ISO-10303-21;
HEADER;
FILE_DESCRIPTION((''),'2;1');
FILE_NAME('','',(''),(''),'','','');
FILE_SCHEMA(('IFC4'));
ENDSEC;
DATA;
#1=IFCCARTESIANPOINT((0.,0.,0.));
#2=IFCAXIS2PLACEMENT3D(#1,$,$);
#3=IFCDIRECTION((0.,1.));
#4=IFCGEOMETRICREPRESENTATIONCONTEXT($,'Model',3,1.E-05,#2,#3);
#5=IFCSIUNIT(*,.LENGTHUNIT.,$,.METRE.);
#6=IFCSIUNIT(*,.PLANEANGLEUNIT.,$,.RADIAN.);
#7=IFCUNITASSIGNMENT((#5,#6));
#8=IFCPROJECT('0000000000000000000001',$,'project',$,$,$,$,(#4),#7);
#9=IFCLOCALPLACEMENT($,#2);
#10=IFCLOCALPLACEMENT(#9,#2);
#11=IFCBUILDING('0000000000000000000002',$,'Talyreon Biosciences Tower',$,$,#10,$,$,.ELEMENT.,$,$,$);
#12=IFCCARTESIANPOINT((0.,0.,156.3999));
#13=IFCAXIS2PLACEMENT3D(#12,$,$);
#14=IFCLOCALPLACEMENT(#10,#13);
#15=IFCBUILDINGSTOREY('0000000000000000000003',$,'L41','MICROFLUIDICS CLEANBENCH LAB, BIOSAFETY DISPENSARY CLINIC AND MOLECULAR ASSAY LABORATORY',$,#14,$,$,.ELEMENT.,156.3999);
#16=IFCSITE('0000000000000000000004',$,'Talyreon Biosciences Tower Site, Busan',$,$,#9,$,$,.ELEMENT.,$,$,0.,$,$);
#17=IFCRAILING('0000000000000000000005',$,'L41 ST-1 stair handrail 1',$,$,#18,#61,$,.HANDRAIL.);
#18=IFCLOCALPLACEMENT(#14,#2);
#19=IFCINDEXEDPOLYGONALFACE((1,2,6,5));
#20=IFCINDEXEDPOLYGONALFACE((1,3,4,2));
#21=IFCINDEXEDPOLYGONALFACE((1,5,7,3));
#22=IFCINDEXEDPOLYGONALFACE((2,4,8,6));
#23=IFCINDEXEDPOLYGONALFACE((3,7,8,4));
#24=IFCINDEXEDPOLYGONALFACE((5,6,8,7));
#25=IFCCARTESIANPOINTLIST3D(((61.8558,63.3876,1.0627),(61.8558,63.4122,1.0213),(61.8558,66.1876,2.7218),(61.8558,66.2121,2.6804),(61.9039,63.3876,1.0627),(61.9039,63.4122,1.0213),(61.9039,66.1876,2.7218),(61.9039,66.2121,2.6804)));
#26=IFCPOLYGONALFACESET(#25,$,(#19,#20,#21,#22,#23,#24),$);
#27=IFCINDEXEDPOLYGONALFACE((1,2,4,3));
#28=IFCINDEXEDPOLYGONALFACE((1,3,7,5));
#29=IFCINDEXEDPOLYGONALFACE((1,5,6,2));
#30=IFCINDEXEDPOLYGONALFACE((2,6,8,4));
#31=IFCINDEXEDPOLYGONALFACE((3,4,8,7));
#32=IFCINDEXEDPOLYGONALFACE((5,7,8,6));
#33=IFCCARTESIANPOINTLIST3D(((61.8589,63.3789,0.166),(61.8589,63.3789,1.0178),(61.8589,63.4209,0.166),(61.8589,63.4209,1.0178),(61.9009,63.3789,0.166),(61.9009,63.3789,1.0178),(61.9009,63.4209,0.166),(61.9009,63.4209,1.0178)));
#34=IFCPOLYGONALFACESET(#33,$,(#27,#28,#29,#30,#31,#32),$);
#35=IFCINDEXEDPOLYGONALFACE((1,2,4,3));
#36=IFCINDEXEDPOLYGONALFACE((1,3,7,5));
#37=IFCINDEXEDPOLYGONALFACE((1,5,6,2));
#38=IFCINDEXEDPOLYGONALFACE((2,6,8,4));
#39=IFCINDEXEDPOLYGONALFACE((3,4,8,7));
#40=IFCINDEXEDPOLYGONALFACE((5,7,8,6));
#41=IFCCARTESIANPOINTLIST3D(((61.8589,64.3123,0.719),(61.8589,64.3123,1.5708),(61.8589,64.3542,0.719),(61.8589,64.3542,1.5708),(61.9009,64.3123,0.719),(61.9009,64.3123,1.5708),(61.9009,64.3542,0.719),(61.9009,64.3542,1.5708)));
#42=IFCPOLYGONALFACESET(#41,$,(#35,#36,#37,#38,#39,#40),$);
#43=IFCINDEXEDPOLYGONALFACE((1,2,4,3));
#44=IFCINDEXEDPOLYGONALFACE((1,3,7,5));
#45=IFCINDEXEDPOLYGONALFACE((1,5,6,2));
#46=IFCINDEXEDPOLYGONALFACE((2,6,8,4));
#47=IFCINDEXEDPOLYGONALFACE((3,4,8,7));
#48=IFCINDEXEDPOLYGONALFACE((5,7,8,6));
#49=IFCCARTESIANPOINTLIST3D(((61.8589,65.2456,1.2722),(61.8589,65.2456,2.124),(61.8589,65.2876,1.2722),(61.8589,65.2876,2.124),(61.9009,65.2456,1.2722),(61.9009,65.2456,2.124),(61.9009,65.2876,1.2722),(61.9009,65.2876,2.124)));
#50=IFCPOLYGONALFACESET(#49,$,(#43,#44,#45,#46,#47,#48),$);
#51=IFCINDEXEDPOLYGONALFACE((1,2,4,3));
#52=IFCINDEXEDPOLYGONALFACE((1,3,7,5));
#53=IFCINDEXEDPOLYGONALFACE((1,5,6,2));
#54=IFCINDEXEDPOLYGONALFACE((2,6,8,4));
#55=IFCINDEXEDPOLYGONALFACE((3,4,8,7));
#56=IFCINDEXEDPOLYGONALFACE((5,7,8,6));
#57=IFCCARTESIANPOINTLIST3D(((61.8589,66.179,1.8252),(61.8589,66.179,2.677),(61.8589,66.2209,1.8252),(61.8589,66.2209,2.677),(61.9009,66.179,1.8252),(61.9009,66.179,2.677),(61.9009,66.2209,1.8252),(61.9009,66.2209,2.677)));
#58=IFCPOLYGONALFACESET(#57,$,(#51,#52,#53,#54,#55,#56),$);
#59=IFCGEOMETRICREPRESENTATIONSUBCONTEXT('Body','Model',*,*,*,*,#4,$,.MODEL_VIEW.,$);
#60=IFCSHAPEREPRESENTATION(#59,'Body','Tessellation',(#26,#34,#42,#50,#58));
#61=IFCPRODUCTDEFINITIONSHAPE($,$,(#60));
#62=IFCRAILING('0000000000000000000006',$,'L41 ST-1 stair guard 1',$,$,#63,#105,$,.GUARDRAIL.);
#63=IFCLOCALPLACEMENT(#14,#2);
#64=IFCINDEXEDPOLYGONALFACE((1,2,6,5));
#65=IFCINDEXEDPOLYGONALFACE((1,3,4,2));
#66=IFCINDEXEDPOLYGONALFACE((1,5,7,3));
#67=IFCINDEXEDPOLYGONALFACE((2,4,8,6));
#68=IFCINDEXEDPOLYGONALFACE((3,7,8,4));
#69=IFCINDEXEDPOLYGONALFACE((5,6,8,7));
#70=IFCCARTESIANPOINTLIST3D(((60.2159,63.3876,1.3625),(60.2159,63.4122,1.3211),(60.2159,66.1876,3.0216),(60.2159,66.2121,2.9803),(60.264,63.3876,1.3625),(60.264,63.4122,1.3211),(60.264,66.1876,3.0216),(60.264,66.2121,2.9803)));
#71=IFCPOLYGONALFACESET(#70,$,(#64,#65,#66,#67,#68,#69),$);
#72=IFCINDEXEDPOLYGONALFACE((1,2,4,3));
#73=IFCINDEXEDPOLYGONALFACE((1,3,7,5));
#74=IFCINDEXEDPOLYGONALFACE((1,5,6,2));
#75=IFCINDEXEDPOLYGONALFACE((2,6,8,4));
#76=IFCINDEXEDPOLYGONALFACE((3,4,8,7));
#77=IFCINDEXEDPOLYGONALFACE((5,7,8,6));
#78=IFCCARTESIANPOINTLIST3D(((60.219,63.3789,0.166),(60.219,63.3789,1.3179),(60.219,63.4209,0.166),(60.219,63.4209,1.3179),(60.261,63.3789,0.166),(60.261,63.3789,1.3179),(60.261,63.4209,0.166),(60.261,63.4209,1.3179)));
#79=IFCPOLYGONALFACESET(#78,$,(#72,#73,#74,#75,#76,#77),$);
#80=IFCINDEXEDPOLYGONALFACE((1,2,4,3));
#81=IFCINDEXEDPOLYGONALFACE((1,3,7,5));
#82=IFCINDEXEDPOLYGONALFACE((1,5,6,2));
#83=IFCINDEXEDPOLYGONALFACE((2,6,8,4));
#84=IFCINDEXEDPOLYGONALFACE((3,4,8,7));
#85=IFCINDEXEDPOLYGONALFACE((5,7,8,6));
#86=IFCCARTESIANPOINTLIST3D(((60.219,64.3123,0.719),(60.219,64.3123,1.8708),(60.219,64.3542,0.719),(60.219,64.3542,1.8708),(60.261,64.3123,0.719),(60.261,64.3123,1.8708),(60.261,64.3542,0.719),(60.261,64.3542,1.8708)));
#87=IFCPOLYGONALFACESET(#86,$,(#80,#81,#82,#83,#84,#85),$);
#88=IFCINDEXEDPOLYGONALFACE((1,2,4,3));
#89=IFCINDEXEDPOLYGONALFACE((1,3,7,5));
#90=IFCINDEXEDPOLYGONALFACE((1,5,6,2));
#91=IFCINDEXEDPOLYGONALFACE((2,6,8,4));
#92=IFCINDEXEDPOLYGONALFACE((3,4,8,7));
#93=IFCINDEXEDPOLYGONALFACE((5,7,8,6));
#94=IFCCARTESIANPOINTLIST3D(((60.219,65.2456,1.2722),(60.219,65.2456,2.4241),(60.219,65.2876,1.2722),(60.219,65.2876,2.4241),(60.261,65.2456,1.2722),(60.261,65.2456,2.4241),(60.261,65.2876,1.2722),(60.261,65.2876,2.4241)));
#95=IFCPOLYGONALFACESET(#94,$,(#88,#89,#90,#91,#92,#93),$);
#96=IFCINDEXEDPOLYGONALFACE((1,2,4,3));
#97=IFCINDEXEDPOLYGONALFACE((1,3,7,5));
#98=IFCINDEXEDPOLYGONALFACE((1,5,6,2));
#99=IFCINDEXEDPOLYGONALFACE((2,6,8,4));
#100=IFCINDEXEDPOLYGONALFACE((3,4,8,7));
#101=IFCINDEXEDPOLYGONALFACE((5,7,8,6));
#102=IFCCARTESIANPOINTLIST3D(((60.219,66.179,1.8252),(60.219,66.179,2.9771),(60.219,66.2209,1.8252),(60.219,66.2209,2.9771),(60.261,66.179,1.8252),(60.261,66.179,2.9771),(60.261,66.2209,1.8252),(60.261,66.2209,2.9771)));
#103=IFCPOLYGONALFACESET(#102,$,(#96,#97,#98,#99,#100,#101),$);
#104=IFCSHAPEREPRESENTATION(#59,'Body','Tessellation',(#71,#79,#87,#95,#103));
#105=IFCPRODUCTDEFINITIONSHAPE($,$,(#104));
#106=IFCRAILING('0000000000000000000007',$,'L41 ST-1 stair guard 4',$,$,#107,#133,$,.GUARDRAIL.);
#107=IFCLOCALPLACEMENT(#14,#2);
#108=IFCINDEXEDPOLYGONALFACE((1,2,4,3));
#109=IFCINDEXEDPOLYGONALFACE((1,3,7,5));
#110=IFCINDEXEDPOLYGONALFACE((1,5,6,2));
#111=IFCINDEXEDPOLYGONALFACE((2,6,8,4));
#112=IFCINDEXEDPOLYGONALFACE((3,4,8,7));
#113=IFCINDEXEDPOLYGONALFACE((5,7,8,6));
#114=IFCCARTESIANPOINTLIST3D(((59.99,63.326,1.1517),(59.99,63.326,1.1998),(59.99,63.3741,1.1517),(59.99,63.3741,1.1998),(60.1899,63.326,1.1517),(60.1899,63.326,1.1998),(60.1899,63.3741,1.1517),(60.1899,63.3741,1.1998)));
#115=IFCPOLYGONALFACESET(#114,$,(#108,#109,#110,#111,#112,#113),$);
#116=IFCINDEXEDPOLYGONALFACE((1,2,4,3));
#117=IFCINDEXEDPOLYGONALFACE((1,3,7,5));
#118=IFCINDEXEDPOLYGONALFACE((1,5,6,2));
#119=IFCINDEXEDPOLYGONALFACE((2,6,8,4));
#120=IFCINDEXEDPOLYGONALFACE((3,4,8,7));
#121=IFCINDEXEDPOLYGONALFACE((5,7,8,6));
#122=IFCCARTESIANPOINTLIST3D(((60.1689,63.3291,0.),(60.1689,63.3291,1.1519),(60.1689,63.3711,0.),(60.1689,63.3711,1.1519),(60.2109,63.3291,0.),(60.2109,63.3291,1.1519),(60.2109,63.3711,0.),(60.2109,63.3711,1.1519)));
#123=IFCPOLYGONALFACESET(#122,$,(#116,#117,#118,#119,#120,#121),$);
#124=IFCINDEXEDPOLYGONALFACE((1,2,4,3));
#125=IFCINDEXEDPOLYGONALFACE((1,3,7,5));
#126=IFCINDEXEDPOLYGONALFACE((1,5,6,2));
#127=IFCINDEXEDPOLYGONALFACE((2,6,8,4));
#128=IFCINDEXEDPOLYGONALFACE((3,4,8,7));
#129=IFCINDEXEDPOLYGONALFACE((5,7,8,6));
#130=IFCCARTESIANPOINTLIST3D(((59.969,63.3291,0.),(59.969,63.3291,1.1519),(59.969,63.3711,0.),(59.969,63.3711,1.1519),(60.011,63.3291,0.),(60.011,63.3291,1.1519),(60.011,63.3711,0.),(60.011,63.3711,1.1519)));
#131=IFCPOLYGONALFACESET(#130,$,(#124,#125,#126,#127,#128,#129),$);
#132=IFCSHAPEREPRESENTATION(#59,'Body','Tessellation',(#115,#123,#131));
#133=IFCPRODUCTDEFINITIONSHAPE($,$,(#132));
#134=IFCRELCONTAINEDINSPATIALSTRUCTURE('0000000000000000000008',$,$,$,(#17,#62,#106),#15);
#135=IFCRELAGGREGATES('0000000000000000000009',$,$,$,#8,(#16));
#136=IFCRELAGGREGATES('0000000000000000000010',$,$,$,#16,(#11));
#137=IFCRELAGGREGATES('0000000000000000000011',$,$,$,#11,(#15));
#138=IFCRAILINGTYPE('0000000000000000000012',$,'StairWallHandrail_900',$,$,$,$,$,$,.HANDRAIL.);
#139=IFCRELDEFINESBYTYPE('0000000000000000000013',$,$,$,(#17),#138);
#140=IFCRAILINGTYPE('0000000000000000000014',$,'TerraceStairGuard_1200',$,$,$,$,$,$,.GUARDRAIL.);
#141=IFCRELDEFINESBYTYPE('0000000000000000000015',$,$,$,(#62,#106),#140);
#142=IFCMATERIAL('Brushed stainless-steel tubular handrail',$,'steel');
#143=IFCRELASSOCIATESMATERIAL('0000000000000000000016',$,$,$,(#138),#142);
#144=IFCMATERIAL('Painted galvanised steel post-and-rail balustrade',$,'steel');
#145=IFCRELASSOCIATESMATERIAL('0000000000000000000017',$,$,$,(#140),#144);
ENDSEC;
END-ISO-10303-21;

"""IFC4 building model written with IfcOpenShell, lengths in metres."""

from ifc_helpers import new_model, si_unit, direction, frame, origin, origin_2d, place, context, subcontext, project, spatial, rectangle, extrude, material, type_object, element, save


model = new_model("IFC4")

# Units and contexts
model_context = context("Model", 3, precision=1e-05, world=origin(), true_north=direction((0.0, 1.0)))
body_context = subcontext(model_context, "Body", "Model", "MODEL_VIEW")
ifc_project = project(units=[si_unit("LENGTHUNIT", "METRE"), si_unit("PLANEANGLEUNIT", "RADIAN")], contexts=[model_context])

# Site, building, storey
site_placement = place(None, origin())
site = spatial("IfcSite", under=ifc_project, at=site_placement, Name="Talyreon Biosciences Tower Site, Busan", CompositionType="ELEMENT", RefElevation=0.0)
building_placement = place(site_placement, origin())
building = spatial("IfcBuilding", under=site, at=building_placement, Name="Talyreon Biosciences Tower", CompositionType="ELEMENT")
storey_placement = place(building_placement, frame((0.0, 0.0, 156.3999)))
storey = spatial("IfcBuildingStorey", under=building, at=storey_placement, Name="L41", Description="MICROFLUIDICS CLEANBENCH LAB, BIOSAFETY DISPENSARY CLINIC AND MOLECULAR ASSAY LABORATORY", CompositionType="ELEMENT", Elevation=156.3999)

# Railings
ifc_material_1 = material(Name="Brushed stainless-steel tubular handrail", Category="steel")
railing_type_1 = type_object("IfcRailingType", Name="StairWallHandrail_900", PredefinedType="HANDRAIL", material=ifc_material_1)
railing_1_placement = place(storey_placement, frame((61.8799, 63.3999, 0.166)))
element("IfcRailing", 1, at=railing_1_placement, inside=storey, type_object=railing_type_1, Name="L41 ST-1 stair handrail 1", PredefinedType="HANDRAIL", context=body_context, shape_type="SweptSolid", body=[
    extrude(rectangle(XDim=0.0481, YDim=0.0481, at=origin_2d()), frame((0.0, 0.0, 0.876), z_axis=(0.0, 0.860306, 0.509778), x_axis=(-1.0, 0.0, 0.0)), (0.0, 0.0, 1.0), 3.2546),
    extrude(rectangle(XDim=0.042, YDim=0.042, at=origin_2d()), origin(), (0.0, 0.0, 1.0), 0.8518),
    extrude(rectangle(XDim=0.042, YDim=0.042, at=origin_2d()), frame((0.0, 0.9333, 0.553)), (0.0, 0.0, 1.0), 0.8518),
    extrude(rectangle(XDim=0.042, YDim=0.042, at=origin_2d()), frame((0.0, 1.8667, 1.1062)), (0.0, 0.0, 1.0), 0.8518),
    extrude(rectangle(XDim=0.042, YDim=0.042, at=origin_2d()), frame((0.0, 2.8, 1.6592)), (0.0, 0.0, 1.0), 0.8518),
])
ifc_material_2 = material(Name="Painted galvanised steel post-and-rail balustrade", Category="steel")
railing_type_2 = type_object("IfcRailingType", Name="TerraceStairGuard_1200", PredefinedType="GUARDRAIL", material=ifc_material_2)
railing_2_placement = place(storey_placement, frame((60.24, 63.3999, 0.166)))
element("IfcRailing", 2, at=railing_2_placement, inside=storey, type_object=railing_type_2, Name="L41 ST-1 stair guard 1", PredefinedType="GUARDRAIL", context=body_context, shape_type="SweptSolid", body=[
    extrude(rectangle(XDim=0.0481, YDim=0.0481, at=origin_2d()), frame((0.0, 0.0, 1.1758), z_axis=(0.0, 0.860306, 0.509778), x_axis=(-1.0, 0.0, 0.0)), (0.0, 0.0, 1.0), 3.2546),
    extrude(rectangle(XDim=0.042, YDim=0.042, at=origin_2d()), origin(), (0.0, 0.0, 1.0), 1.1519),
    extrude(rectangle(XDim=0.042, YDim=0.042, at=origin_2d()), frame((0.0, 0.9333, 0.553)), (0.0, 0.0, 1.0), 1.1519),
    extrude(rectangle(XDim=0.042, YDim=0.042, at=origin_2d()), frame((0.0, 1.8667, 1.1062)), (0.0, 0.0, 1.0), 1.1519),
    extrude(rectangle(XDim=0.042, YDim=0.042, at=origin_2d()), frame((0.0, 2.8, 1.6592)), (0.0, 0.0, 1.0), 1.1519),
])
railing_3_placement = place(storey_placement, frame((60.1899, 63.3501, 0.0)))
element("IfcRailing", 3, at=railing_3_placement, inside=storey, type_object=railing_type_2, Name="L41 ST-1 stair guard 4", PredefinedType="GUARDRAIL", context=body_context, shape_type="SweptSolid", body=[
    extrude(rectangle(XDim=0.0481, YDim=0.0481, at=origin_2d()), frame((0.0, 0.0, 1.1758), z_axis=(-1.0, 0.0, 0.0), x_axis=(0.0, -1.0, 0.0)), (0.0, 0.0, 1.0), 0.2),
    extrude(rectangle(XDim=0.042, YDim=0.042, at=origin_2d()), origin(), (0.0, 0.0, 1.0), 1.1519),
    extrude(rectangle(XDim=0.042, YDim=0.042, at=origin_2d()), frame((-0.2, 0.0, 0.0)), (0.0, 0.0, 1.0), 1.1519),
])

save(model, "model.ifc")
